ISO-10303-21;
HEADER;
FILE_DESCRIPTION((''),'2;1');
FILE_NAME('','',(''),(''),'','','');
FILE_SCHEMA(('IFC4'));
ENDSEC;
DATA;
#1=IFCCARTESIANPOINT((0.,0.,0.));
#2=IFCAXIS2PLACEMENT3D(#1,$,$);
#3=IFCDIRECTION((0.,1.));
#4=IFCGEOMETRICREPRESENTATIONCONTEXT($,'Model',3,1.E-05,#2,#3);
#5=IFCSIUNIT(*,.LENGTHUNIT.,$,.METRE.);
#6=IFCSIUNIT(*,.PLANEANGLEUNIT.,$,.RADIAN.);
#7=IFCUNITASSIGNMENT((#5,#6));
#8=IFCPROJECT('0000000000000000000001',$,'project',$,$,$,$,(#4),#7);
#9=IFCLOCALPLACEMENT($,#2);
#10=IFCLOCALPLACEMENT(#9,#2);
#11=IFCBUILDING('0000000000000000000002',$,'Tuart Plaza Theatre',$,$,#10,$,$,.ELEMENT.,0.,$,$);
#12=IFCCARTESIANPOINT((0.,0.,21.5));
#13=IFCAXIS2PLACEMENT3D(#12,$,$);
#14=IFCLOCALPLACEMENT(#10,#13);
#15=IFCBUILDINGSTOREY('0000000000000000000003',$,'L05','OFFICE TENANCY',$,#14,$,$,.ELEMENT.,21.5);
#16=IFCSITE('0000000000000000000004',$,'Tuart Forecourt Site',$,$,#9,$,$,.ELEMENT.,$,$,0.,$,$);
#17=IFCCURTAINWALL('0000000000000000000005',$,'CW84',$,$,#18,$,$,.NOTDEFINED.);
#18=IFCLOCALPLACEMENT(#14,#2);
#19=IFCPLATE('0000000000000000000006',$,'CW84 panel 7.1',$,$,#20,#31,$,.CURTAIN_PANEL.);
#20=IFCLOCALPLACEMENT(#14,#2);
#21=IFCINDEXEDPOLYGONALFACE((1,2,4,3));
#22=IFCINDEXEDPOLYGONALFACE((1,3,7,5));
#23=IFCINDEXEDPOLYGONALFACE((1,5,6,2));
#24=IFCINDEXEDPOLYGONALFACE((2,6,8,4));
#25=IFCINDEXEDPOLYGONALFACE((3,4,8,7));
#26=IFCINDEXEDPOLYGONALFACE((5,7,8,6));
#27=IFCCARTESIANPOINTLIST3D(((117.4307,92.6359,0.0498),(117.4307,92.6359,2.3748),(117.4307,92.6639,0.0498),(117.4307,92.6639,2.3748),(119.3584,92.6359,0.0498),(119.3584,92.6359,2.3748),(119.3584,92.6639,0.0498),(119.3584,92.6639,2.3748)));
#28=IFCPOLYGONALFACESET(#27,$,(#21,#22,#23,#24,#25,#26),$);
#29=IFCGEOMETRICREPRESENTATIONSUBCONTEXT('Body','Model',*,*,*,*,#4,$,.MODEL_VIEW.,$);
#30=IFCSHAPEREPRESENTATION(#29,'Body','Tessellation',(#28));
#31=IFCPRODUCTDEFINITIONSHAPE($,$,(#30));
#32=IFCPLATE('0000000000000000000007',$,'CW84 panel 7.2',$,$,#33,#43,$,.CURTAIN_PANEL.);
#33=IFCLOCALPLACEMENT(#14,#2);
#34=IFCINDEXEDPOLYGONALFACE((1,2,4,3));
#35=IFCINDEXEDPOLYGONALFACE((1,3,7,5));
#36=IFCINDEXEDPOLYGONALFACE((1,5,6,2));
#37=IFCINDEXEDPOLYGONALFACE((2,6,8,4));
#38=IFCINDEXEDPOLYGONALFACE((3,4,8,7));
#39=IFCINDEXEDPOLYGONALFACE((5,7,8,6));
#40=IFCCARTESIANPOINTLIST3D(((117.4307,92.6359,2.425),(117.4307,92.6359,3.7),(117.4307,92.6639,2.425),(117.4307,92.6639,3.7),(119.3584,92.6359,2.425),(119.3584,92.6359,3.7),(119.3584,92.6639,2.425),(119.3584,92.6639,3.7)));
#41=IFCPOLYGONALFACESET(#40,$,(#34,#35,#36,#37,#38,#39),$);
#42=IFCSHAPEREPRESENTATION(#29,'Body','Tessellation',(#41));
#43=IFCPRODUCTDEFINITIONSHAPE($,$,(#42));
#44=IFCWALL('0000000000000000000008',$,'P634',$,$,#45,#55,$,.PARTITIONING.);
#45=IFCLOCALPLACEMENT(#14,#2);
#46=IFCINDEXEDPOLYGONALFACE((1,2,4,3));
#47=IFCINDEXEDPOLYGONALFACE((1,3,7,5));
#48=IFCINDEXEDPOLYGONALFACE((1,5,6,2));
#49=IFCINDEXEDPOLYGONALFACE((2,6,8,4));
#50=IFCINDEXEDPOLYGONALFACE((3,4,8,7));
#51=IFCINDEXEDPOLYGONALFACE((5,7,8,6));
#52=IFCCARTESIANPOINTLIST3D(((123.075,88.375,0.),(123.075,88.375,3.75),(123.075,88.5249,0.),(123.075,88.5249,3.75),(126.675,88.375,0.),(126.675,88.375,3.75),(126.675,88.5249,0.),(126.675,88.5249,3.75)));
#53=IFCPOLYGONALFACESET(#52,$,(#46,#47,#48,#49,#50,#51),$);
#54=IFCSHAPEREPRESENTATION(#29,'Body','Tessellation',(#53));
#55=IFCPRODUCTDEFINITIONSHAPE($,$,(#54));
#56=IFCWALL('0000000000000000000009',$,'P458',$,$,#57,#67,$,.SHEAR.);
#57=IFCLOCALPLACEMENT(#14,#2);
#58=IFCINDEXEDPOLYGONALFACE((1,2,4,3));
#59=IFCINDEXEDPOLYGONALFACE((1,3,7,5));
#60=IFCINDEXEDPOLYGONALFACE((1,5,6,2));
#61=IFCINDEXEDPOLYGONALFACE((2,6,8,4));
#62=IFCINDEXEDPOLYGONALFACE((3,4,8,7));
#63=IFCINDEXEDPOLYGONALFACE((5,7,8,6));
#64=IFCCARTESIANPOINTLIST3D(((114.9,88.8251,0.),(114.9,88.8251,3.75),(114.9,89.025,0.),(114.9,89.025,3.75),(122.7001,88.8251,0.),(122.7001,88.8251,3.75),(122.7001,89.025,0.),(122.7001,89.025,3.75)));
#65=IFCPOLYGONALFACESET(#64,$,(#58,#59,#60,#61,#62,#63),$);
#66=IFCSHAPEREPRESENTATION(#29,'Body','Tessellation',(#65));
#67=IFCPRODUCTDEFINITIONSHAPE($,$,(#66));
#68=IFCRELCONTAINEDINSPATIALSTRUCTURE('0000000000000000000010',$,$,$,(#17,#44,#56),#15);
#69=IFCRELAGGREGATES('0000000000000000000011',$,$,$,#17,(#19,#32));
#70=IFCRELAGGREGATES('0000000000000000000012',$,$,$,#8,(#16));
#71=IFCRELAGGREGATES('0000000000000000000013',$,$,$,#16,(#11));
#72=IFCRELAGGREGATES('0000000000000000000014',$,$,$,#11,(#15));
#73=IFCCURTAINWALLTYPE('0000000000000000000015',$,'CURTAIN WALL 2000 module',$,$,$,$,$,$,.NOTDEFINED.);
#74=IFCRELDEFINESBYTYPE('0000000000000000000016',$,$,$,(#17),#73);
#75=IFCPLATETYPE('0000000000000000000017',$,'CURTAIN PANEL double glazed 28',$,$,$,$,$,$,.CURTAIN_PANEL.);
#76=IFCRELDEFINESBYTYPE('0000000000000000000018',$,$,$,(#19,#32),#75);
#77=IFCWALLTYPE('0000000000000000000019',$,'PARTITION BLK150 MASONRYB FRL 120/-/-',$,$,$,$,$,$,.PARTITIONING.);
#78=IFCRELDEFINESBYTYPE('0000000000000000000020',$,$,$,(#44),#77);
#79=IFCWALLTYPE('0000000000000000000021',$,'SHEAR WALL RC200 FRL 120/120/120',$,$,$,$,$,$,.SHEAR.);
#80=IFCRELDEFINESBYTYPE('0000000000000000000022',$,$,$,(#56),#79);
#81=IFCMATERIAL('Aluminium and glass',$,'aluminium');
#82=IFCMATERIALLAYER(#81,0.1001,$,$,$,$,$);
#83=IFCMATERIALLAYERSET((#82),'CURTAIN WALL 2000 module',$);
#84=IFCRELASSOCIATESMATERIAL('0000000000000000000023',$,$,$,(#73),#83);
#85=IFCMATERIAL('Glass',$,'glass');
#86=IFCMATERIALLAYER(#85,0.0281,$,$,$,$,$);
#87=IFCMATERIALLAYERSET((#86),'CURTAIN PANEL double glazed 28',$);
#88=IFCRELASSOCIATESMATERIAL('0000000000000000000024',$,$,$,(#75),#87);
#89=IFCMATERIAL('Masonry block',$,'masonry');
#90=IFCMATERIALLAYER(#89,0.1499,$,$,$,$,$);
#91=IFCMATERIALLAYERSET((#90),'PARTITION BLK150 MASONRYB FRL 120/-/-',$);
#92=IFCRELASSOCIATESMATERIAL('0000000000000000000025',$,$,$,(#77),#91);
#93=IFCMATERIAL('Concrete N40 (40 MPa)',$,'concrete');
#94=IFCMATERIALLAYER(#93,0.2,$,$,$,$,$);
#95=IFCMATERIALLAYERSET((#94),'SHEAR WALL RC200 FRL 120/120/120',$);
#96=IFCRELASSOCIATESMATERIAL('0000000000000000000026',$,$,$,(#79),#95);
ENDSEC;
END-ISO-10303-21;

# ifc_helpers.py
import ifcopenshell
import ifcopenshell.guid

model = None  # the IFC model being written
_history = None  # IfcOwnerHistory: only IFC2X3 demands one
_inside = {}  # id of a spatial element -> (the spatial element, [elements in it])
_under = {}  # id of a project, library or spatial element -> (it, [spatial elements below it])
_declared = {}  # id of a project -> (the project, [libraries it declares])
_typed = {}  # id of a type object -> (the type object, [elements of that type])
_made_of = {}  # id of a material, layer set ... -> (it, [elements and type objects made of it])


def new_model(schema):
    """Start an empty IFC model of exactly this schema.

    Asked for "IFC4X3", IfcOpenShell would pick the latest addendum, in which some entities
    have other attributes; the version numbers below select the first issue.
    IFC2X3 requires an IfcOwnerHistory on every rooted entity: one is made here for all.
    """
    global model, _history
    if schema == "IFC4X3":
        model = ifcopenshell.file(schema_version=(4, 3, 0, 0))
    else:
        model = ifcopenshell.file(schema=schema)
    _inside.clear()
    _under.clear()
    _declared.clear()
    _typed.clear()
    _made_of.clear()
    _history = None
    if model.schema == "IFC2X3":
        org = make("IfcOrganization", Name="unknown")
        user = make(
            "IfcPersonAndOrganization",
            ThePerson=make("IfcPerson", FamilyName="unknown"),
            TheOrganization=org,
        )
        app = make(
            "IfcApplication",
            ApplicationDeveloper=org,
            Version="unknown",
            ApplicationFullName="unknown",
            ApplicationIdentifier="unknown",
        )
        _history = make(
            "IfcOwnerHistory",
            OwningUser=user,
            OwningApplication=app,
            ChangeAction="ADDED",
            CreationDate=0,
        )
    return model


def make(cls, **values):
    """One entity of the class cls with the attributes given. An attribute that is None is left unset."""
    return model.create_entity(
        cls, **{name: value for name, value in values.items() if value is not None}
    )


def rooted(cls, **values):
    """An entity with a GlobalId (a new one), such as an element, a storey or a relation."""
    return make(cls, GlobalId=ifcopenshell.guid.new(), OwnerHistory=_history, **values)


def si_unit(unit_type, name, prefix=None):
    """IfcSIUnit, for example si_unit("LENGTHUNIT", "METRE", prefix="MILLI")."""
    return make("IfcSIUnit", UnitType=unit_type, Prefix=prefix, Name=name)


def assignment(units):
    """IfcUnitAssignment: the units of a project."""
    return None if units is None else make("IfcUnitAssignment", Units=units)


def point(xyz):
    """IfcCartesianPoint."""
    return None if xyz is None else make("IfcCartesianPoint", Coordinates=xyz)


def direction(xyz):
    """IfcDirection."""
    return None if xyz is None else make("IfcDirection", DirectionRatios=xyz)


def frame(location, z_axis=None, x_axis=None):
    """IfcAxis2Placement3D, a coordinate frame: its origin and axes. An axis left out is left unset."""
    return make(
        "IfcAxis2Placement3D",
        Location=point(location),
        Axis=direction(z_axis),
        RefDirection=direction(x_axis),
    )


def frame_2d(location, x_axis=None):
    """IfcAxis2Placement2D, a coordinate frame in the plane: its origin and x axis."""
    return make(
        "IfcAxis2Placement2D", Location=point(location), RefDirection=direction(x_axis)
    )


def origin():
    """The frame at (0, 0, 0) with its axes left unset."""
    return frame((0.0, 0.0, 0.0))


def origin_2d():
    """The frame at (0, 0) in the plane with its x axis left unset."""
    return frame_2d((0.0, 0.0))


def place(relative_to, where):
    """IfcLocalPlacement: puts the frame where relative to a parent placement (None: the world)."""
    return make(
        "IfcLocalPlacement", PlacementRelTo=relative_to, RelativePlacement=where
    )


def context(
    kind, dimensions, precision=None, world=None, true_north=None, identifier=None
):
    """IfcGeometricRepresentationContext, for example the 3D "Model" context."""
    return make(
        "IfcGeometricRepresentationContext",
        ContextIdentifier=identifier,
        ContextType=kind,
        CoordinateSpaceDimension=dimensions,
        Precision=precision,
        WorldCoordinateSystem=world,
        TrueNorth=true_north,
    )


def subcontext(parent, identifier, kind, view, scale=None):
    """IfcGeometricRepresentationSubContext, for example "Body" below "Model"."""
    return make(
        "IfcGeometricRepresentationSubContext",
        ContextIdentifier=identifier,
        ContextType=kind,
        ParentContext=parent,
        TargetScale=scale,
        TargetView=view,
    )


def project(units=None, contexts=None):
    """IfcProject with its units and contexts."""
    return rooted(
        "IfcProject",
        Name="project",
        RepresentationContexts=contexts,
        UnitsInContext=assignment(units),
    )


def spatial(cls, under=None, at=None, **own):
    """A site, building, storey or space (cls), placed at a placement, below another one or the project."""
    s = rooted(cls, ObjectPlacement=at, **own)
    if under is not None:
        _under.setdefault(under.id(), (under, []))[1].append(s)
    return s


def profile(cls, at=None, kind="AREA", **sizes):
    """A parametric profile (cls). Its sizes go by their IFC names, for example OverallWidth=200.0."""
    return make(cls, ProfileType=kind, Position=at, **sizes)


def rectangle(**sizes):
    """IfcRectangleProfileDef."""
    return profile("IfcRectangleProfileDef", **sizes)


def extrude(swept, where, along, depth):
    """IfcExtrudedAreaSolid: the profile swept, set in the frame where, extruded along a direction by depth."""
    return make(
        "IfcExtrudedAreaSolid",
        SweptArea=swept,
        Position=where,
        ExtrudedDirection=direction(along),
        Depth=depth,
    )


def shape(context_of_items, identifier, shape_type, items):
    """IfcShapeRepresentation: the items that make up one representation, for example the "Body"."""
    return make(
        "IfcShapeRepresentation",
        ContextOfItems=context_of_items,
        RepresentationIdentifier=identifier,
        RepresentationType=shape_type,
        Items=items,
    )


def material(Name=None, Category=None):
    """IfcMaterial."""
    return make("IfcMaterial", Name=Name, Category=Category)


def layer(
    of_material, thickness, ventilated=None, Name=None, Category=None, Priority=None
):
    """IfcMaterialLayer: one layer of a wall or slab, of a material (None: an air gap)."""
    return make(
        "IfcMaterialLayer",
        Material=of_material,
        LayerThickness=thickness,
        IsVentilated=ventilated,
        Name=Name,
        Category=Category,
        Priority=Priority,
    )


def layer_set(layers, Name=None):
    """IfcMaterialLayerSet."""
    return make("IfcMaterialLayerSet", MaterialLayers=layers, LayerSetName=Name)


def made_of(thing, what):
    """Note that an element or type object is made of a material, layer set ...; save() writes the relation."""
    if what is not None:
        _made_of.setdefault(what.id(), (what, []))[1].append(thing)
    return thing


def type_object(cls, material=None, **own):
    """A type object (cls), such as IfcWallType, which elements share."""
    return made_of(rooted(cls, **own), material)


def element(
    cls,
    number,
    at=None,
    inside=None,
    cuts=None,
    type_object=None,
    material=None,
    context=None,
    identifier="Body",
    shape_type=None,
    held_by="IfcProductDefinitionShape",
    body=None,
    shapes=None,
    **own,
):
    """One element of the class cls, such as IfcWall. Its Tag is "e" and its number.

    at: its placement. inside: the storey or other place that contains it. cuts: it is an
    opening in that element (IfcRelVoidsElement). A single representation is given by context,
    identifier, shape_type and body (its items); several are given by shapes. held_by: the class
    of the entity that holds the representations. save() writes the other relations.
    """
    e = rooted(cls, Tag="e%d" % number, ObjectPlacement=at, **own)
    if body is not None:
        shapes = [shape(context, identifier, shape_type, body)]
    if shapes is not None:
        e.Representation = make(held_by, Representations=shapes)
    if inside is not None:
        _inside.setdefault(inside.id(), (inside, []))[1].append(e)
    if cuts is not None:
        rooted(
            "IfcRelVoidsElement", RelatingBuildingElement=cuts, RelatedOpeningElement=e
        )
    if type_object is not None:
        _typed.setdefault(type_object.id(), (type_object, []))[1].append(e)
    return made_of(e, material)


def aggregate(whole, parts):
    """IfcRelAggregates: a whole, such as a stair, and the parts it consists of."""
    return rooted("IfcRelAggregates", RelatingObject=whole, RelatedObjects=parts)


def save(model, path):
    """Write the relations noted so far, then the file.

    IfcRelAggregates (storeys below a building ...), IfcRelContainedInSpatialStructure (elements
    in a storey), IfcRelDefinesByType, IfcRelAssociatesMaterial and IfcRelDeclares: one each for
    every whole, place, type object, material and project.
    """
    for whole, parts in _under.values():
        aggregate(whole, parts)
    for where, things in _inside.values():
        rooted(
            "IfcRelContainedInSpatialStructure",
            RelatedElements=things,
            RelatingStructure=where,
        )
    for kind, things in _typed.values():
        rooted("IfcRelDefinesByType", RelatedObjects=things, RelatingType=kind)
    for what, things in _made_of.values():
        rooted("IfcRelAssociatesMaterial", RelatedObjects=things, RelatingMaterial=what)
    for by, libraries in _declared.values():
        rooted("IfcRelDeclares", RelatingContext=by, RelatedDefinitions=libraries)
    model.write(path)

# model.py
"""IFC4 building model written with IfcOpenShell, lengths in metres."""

from ifc_helpers import new_model, si_unit, direction, frame, frame_2d, origin, origin_2d, place, context, subcontext, project, spatial, rectangle, extrude, material, layer, layer_set, type_object, element, aggregate, save


model = new_model("IFC4")

# Units and contexts
model_context = context("Model", 3, precision=1e-05, world=origin(), true_north=direction((0.0, 1.0)))
body_context = subcontext(model_context, "Body", "Model", "MODEL_VIEW")
ifc_project = project(units=[si_unit("LENGTHUNIT", "METRE"), si_unit("PLANEANGLEUNIT", "RADIAN")], contexts=[model_context])

# Site, building, storey
site_placement = place(None, origin())
site = spatial("IfcSite", under=ifc_project, at=site_placement, Name="Tuart Forecourt Site", CompositionType="ELEMENT", RefElevation=0.0)
building_placement = place(site_placement, origin())
building = spatial("IfcBuilding", under=site, at=building_placement, Name="Tuart Plaza Theatre", CompositionType="ELEMENT", ElevationOfRefHeight=0.0)
storey_placement = place(building_placement, frame((0.0, 0.0, 21.5)))
storey = spatial("IfcBuildingStorey", under=building, at=storey_placement, Name="L05", Description="OFFICE TENANCY", CompositionType="ELEMENT", Elevation=21.5)

# Curtain wall, plates
ifc_material_1 = material(Name="Aluminium and glass", Category="aluminium")
ifc_layer_1 = layer(ifc_material_1, 0.1001)
ifc_layer_set_1 = layer_set([ifc_layer_1], Name="CURTAIN WALL 2000 module")
curtain_wall_type = type_object("IfcCurtainWallType", Name="CURTAIN WALL 2000 module", PredefinedType="NOTDEFINED", material=ifc_layer_set_1)
curtain_wall_placement = place(storey_placement, origin())
curtain_wall = element("IfcCurtainWall", 1, at=curtain_wall_placement, inside=storey, type_object=curtain_wall_type, Name="CW84", PredefinedType="NOTDEFINED")
ifc_material_2 = material(Name="Glass", Category="glass")
ifc_layer_2 = layer(ifc_material_2, 0.0281)
ifc_layer_set_2 = layer_set([ifc_layer_2], Name="CURTAIN PANEL double glazed 28")
plate_type = type_object("IfcPlateType", Name="CURTAIN PANEL double glazed 28", PredefinedType="CURTAIN_PANEL", material=ifc_layer_set_2)
plate_1_placement = place(storey_placement, frame((118.3945, 92.6499, 0.0498), z_axis=(0.0, 0.0, 1.0), x_axis=(-1.0, 0.0, 0.0)))
plate_1 = element("IfcPlate", 2, at=plate_1_placement, type_object=plate_type, Name="CW84 panel 7.1", PredefinedType="CURTAIN_PANEL", context=body_context, shape_type="SweptSolid", body=[
    extrude(rectangle(XDim=1.9277, YDim=0.0281, at=origin_2d()), origin(), (0.0, 0.0, 1.0), 2.325),
])
plate_2_placement = place(storey_placement, frame((118.3945, 92.6499, 2.425), z_axis=(0.0, 0.0, 1.0), x_axis=(-1.0, 0.0, 0.0)))
plate_2 = element("IfcPlate", 3, at=plate_2_placement, type_object=plate_type, Name="CW84 panel 7.2", PredefinedType="CURTAIN_PANEL", context=body_context, shape_type="SweptSolid", body=[
    extrude(rectangle(XDim=1.9277, YDim=0.0281, at=origin_2d()), origin(), (0.0, 0.0, 1.0), 1.2749),
])
aggregate(curtain_wall, [plate_1, plate_2])

# Walls
ifc_material_3 = material(Name="Masonry block", Category="masonry")
ifc_layer_3 = layer(ifc_material_3, 0.1499)
ifc_layer_set_3 = layer_set([ifc_layer_3], Name="PARTITION BLK150 MASONRYB FRL 120/-/-")
wall_type_1 = type_object("IfcWallType", Name="PARTITION BLK150 MASONRYB FRL 120/-/-", PredefinedType="PARTITIONING", material=ifc_layer_set_3)
wall_1_placement = place(storey_placement, frame((123.075, 88.45, 0.0), z_axis=(0.0, 0.0, 1.0), x_axis=(1.0, 0.0, 0.0)))
element("IfcWall", 4, at=wall_1_placement, inside=storey, type_object=wall_type_1, Name="P634", PredefinedType="PARTITIONING", context=body_context, shape_type="SweptSolid", body=[
    extrude(rectangle(XDim=3.6001, YDim=0.1499, at=frame_2d((1.8, 0.0))), origin(), (0.0, 0.0, 1.0), 3.75),
])
ifc_material_4 = material(Name="Concrete N40 (40 MPa)", Category="concrete")
ifc_layer_4 = layer(ifc_material_4, 0.2)
ifc_layer_set_4 = layer_set([ifc_layer_4], Name="SHEAR WALL RC200 FRL 120/120/120")
wall_type_2 = type_object("IfcWallType", Name="SHEAR WALL RC200 FRL 120/120/120", PredefinedType="SHEAR", material=ifc_layer_set_4)
wall_2_placement = place(storey_placement, frame((122.7, 88.925, 0.0), z_axis=(0.0, 0.0, 1.0), x_axis=(-1.0, 0.0, 0.0)))
element("IfcWall", 5, at=wall_2_placement, inside=storey, type_object=wall_type_2, Name="P458", PredefinedType="SHEAR", context=body_context, shape_type="SweptSolid", body=[
    extrude(rectangle(XDim=7.8, YDim=0.2, at=frame_2d((3.8999, 0.0))), origin(), (0.0, 0.0, 1.0), 3.75),
])

save(model, "model.ifc")
